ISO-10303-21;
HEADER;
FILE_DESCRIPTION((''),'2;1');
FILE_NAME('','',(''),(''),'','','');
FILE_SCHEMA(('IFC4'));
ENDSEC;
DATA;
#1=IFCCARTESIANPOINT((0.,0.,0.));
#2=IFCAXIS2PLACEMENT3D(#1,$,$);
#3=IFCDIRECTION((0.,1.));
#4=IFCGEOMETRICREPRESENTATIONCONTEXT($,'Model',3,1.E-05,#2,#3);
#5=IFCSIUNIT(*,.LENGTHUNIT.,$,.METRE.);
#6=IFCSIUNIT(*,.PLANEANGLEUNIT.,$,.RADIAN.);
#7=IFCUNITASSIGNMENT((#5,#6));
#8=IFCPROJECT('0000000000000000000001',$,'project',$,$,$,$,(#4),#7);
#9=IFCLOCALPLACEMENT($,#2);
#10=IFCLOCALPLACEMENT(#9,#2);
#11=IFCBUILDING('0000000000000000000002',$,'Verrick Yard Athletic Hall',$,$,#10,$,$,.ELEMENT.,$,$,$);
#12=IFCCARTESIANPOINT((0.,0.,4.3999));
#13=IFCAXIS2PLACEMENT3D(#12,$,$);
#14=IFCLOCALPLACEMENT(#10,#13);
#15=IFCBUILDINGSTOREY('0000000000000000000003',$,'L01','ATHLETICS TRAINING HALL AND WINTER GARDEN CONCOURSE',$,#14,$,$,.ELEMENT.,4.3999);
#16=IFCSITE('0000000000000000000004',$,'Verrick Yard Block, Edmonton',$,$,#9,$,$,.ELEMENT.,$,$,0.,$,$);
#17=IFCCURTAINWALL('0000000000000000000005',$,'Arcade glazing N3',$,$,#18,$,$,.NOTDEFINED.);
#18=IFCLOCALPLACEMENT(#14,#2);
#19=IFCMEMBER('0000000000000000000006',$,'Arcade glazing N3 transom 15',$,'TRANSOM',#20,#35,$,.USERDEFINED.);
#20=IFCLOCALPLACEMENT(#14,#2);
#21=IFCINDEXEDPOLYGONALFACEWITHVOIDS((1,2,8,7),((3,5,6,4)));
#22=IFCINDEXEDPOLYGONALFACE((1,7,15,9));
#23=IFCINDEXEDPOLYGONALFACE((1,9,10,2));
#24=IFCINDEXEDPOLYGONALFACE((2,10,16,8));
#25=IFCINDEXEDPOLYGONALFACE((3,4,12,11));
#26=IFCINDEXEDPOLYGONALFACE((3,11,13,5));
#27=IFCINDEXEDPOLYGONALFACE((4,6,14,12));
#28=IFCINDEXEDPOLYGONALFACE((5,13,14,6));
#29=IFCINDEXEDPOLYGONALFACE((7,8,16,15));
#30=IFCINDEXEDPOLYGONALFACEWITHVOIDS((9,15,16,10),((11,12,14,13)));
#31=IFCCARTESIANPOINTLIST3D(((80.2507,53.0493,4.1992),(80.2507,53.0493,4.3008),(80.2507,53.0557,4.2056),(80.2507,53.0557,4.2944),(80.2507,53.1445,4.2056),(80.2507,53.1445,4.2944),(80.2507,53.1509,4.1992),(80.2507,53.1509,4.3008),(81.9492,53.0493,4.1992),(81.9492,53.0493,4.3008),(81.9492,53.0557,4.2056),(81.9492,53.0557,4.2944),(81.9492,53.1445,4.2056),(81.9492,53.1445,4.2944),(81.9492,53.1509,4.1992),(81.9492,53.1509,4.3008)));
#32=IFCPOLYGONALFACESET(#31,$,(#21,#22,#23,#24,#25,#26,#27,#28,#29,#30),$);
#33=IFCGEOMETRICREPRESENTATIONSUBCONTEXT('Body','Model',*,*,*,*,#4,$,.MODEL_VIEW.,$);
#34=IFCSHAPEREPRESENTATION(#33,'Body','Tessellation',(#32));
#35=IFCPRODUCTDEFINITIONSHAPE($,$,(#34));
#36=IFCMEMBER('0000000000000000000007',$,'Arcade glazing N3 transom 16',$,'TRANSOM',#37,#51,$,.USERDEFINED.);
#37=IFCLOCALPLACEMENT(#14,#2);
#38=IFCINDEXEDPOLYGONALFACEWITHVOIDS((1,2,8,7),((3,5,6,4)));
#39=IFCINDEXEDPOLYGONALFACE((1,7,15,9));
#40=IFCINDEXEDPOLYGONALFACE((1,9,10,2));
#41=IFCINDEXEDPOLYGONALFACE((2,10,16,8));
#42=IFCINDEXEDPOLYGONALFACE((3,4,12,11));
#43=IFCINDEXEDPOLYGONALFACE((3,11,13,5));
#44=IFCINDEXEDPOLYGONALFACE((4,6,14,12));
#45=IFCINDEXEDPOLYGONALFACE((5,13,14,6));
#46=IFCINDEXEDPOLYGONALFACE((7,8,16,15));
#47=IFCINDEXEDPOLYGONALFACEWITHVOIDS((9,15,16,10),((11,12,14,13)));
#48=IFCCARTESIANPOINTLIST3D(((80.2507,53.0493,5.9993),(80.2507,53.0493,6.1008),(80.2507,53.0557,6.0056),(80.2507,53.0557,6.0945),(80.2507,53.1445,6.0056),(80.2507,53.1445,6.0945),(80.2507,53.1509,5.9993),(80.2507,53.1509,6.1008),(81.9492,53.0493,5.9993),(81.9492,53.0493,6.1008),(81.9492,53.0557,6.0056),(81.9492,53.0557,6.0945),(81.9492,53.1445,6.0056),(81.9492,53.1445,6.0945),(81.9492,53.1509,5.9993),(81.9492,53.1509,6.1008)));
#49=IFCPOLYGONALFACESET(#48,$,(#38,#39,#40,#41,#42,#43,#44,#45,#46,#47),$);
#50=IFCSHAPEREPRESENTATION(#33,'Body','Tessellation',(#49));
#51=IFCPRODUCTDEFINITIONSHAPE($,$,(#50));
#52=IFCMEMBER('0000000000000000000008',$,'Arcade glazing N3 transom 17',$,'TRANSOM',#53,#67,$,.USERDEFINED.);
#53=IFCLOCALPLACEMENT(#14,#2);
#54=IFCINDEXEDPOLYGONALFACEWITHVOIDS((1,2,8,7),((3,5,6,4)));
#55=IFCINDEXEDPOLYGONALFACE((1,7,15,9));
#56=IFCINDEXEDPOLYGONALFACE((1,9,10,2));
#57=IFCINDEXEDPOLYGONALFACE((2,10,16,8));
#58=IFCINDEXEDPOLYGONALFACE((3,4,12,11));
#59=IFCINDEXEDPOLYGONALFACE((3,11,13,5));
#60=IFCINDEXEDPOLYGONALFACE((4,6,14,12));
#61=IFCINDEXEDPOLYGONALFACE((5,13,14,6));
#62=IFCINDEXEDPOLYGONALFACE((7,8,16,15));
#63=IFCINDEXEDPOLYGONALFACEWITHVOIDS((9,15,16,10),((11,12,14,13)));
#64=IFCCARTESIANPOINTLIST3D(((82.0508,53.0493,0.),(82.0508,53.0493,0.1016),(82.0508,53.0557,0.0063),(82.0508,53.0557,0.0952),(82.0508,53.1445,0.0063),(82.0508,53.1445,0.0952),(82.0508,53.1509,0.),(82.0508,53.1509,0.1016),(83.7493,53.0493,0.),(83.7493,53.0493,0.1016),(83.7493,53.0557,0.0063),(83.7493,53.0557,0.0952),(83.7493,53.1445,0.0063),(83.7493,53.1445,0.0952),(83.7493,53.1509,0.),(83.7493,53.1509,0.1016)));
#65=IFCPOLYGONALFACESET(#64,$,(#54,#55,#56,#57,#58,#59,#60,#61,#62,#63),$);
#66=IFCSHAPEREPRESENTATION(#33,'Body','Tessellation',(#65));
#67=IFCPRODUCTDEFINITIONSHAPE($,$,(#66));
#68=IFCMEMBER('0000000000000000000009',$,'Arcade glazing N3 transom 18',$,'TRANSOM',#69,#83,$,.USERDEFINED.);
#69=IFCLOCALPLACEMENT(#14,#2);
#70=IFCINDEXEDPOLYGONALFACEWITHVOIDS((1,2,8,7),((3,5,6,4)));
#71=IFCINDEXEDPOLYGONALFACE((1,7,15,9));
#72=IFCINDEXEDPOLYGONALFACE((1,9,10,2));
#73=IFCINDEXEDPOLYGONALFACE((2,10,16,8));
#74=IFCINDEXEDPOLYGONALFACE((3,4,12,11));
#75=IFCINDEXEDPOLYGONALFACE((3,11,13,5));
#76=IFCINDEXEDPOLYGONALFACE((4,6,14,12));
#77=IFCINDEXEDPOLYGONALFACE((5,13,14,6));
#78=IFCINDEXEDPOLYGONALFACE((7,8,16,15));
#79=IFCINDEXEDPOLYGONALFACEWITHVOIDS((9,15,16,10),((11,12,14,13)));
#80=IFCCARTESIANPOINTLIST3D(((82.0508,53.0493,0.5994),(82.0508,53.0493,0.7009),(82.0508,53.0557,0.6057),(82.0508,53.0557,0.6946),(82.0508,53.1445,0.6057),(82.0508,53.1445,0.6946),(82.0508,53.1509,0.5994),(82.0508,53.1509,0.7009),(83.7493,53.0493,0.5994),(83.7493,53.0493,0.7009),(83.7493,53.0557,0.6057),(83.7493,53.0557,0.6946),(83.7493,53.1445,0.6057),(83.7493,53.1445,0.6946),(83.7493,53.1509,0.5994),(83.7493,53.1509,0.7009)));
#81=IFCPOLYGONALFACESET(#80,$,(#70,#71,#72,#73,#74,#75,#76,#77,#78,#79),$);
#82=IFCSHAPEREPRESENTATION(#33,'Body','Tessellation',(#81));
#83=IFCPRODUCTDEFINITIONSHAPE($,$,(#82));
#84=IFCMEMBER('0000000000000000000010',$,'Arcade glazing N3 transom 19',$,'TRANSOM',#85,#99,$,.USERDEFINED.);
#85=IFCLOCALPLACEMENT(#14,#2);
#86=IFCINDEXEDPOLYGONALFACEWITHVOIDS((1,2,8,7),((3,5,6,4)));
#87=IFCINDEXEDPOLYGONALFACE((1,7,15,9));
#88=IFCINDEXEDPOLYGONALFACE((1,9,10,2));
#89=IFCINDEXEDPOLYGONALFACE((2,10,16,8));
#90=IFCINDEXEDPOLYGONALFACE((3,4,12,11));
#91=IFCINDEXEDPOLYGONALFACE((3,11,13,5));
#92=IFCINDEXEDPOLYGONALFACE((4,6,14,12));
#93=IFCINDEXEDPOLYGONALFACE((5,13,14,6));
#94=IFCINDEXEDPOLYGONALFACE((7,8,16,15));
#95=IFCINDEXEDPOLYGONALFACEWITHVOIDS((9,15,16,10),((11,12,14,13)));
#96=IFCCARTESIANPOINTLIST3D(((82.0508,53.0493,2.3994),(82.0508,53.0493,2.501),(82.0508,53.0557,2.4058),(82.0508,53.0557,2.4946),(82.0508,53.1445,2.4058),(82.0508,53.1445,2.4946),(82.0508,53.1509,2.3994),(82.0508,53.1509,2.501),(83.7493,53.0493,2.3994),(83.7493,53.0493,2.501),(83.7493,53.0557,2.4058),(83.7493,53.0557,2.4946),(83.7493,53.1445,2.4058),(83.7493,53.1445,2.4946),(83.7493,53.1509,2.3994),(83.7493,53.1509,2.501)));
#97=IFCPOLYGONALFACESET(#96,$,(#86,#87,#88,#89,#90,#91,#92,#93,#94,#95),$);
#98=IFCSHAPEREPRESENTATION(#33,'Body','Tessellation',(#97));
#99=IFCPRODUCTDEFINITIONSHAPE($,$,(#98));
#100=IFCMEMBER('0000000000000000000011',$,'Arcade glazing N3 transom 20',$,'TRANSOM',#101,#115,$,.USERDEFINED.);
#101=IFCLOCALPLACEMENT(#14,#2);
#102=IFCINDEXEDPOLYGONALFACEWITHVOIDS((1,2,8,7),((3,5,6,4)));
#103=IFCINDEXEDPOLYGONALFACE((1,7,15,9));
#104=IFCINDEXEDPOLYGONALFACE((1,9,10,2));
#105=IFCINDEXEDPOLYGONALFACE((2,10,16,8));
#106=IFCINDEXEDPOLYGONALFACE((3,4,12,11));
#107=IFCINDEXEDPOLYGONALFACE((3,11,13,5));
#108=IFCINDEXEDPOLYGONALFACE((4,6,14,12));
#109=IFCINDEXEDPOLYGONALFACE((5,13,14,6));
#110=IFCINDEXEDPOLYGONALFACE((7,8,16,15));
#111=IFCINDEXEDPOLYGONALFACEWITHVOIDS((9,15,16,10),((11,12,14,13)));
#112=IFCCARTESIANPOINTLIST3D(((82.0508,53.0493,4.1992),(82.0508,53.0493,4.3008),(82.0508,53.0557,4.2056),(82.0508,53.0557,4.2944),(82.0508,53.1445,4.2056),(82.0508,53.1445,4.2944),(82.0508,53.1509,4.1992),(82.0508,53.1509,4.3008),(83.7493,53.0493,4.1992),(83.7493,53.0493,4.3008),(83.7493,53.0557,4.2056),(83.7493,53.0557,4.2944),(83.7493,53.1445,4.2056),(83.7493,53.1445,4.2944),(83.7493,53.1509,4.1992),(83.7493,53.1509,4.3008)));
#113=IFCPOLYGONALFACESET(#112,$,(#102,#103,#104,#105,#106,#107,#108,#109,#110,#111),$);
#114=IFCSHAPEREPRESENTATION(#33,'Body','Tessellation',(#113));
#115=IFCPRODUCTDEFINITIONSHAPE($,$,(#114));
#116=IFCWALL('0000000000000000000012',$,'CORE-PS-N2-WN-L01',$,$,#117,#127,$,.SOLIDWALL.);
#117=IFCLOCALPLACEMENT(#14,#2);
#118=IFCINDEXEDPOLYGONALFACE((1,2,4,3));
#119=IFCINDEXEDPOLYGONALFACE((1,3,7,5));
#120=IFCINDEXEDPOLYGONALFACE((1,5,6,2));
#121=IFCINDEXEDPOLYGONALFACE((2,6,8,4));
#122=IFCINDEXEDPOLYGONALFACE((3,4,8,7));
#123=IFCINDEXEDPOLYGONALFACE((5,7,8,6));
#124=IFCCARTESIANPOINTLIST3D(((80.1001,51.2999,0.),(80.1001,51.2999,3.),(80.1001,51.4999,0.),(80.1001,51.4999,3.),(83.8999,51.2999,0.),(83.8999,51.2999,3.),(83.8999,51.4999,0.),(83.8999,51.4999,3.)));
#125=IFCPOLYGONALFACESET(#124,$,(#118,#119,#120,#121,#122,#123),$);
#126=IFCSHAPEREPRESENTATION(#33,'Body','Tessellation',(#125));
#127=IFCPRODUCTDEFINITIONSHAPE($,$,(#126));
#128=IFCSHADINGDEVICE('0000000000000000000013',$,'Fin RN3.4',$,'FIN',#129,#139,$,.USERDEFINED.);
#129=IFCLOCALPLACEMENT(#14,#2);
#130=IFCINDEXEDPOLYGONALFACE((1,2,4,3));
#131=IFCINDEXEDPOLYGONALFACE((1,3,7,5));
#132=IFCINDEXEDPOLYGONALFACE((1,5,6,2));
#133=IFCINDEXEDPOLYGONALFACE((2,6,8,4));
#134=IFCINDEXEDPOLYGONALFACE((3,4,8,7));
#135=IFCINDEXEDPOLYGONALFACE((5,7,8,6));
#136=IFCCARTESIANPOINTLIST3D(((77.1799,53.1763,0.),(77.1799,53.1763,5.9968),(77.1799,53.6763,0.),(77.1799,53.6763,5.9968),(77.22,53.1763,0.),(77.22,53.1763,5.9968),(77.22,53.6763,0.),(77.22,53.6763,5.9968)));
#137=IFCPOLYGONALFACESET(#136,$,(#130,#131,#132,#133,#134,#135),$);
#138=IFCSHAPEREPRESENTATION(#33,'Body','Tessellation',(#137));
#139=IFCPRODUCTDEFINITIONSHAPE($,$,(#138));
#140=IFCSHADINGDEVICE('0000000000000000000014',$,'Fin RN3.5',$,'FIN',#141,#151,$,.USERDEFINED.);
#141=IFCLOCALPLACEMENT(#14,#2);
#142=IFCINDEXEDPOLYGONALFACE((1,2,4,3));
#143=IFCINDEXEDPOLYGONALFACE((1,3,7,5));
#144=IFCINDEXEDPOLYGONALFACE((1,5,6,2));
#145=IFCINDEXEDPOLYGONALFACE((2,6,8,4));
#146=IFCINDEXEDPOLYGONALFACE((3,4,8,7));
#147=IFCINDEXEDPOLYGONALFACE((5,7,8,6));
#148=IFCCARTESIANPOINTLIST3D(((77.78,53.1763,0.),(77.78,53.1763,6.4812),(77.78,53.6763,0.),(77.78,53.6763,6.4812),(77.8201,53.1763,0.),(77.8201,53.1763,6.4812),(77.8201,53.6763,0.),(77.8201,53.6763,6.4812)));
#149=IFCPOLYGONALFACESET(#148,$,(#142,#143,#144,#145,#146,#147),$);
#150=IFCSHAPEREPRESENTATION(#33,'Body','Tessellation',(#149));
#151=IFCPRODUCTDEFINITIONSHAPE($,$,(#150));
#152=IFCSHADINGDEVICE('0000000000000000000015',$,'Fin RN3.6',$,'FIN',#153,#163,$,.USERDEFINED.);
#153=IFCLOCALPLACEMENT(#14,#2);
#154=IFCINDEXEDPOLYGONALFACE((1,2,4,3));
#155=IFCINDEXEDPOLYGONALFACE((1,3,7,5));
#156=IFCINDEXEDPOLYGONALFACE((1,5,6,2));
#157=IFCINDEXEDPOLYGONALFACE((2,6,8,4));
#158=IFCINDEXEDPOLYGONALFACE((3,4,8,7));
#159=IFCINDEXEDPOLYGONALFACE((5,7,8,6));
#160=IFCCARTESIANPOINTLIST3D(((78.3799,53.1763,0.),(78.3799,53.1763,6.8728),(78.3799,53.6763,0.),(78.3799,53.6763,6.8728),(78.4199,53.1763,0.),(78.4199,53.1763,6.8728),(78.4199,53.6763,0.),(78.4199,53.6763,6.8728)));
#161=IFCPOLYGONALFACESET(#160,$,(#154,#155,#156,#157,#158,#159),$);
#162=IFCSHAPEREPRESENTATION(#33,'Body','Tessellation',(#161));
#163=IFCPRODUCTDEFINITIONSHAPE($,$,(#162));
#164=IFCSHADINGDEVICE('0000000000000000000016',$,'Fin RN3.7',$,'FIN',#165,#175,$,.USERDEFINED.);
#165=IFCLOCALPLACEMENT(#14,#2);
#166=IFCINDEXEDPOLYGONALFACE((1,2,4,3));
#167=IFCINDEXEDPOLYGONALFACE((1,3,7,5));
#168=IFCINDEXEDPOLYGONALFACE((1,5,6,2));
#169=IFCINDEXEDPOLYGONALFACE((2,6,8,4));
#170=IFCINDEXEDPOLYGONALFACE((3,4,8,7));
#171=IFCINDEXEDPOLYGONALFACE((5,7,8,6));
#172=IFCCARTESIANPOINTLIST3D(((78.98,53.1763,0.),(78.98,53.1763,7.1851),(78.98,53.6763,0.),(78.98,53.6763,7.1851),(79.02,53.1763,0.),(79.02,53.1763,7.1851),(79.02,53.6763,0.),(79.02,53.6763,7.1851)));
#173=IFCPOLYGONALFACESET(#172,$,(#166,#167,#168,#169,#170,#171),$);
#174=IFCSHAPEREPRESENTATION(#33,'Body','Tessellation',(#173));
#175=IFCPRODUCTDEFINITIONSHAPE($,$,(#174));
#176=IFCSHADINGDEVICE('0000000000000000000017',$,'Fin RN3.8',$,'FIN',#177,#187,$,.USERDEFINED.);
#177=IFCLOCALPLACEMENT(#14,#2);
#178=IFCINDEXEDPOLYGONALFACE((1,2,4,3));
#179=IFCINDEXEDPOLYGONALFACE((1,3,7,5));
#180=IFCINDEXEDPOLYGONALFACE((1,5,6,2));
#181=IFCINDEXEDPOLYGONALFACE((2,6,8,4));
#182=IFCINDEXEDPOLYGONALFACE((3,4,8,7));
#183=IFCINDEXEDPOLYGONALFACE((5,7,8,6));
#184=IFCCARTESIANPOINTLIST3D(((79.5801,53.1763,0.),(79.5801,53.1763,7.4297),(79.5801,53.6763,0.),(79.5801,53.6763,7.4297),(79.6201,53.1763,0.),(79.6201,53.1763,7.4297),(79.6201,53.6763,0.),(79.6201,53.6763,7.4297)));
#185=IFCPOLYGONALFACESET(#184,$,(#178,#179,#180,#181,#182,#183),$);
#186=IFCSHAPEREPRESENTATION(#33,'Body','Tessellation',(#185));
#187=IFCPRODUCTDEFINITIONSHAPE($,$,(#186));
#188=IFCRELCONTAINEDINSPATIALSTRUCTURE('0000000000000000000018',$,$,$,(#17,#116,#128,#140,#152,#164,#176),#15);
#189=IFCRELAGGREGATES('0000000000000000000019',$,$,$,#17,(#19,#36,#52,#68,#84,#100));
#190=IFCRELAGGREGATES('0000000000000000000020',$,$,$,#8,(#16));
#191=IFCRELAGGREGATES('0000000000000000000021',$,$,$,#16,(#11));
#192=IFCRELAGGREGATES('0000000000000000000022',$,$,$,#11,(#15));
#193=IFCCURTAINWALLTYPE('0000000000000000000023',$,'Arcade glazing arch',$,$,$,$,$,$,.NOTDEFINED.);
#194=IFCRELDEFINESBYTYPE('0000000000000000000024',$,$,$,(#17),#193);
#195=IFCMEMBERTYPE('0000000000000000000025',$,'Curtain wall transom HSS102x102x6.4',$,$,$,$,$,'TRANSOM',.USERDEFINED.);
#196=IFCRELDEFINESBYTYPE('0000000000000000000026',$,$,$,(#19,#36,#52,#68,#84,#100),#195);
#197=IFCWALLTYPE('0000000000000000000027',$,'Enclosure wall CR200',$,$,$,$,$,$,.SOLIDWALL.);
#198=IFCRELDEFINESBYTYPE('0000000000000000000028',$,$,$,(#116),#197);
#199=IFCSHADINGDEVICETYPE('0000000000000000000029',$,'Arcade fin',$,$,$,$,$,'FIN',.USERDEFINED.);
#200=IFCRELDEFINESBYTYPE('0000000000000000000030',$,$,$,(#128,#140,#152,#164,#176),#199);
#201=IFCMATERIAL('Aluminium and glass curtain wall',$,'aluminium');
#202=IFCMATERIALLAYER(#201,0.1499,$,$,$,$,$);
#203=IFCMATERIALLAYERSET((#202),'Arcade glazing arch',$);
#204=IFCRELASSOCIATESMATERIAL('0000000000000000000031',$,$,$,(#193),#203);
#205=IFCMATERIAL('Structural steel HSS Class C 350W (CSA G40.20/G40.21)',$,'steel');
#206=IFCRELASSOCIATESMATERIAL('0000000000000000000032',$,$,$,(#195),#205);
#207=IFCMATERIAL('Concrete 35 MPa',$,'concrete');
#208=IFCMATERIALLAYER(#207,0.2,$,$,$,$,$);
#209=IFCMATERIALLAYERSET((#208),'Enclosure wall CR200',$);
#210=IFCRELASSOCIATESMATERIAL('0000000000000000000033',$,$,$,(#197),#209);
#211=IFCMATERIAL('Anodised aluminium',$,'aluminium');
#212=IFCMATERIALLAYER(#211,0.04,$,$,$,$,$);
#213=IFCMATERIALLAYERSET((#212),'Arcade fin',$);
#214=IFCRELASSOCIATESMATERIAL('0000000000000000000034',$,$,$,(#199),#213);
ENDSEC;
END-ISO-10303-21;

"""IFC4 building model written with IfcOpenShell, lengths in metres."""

from ifc_helpers import new_model, si_unit, direction, frame, frame_2d, origin, origin_2d, place, context, subcontext, project, spatial, polyline, rectangle, hollow_rectangle, outline, extrude, material, layer, layer_set, material_profile, profile_set, type_object, element, aggregate, save


model = new_model("IFC4")

# Units and contexts
model_context = context("Model", 3, precision=1e-05, world=origin(), true_north=direction((0.0, 1.0)))
body_context = subcontext(model_context, "Body", "Model", "MODEL_VIEW")
ifc_project = project(units=[si_unit("LENGTHUNIT", "METRE"), si_unit("PLANEANGLEUNIT", "RADIAN")], contexts=[model_context])

# Site, building, storey
site_placement = place(None, origin())
site = spatial("IfcSite", under=ifc_project, at=site_placement, Name="Verrick Yard Block, Edmonton", CompositionType="ELEMENT", RefElevation=0.0)
building_placement = place(site_placement, origin())
building = spatial("IfcBuilding", under=site, at=building_placement, Name="Verrick Yard Athletic Hall", CompositionType="ELEMENT")
storey_placement = place(building_placement, frame((0.0, 0.0, 4.3999)))
storey = spatial("IfcBuildingStorey", under=building, at=storey_placement, Name="L01", Description="ATHLETICS TRAINING HALL AND WINTER GARDEN CONCOURSE", CompositionType="ELEMENT", Elevation=4.3999)

# Curtain wall, members
ifc_material_1 = material(Name="Aluminium and glass curtain wall", Category="aluminium")
ifc_layer_1 = layer(ifc_material_1, 0.1499)
ifc_layer_set_1 = layer_set([ifc_layer_1], Name="Arcade glazing arch")
curtain_wall_type = type_object("IfcCurtainWallType", Name="Arcade glazing arch", PredefinedType="NOTDEFINED", material=ifc_layer_set_1)
curtain_wall_placement = place(storey_placement, origin())
curtain_wall = element("IfcCurtainWall", 1, at=curtain_wall_placement, inside=storey, type_object=curtain_wall_type, Name="Arcade glazing N3", PredefinedType="NOTDEFINED")
ifc_material_2 = material(Name="Structural steel HSS Class C 350W (CSA G40.20/G40.21)", Category="steel")
ifc_material_profile_1 = material_profile(ifc_material_2, hollow_rectangle(XDim=0.1016, YDim=0.1016, WallThickness=0.0063, at=origin_2d()), Name="HSS102x102x6.4")
ifc_profile_set_1 = profile_set([ifc_material_profile_1], Name="Structural steel HSS Class C 350W (CSA G40.20/G40.21)")
member_type_1 = type_object("IfcMemberType", Name="Curtain wall transom HSS102x102x6.4", ElementType="TRANSOM", PredefinedType="USERDEFINED", material=ifc_profile_set_1)
member_1_placement = place(storey_placement, frame((80.2507, 53.1001, 4.25), z_axis=(1.0, 0.0, 0.0), x_axis=(0.0, 1.0, 0.0)))
member_1 = element("IfcMember", 2, at=member_1_placement, type_object=member_type_1, Name="Arcade glazing N3 transom 15", ObjectType="TRANSOM", PredefinedType="USERDEFINED", context=body_context, shape_type="SweptSolid", body=[
    extrude(hollow_rectangle(XDim=0.1016, YDim=0.1016, WallThickness=0.0063, at=origin_2d()), origin(), (0.0, 0.0, 1.0), 1.6985),
])
member_2_placement = place(storey_placement, frame((80.2507, 53.1001, 6.05), z_axis=(1.0, 0.0, 0.0), x_axis=(0.0, 1.0, 0.0)))
member_2 = element("IfcMember", 3, at=member_2_placement, type_object=member_type_1, Name="Arcade glazing N3 transom 16", ObjectType="TRANSOM", PredefinedType="USERDEFINED", context=body_context, shape_type="SweptSolid", body=[
    extrude(hollow_rectangle(XDim=0.1016, YDim=0.1016, WallThickness=0.0063, at=origin_2d()), origin(), (0.0, 0.0, 1.0), 1.6985),
])
member_3_placement = place(storey_placement, frame((82.0508, 53.1001, 0.0508), z_axis=(1.0, 0.0, 0.0), x_axis=(0.0, 1.0, 0.0)))
member_3 = element("IfcMember", 4, at=member_3_placement, type_object=member_type_1, Name="Arcade glazing N3 transom 17", ObjectType="TRANSOM", PredefinedType="USERDEFINED", context=body_context, shape_type="SweptSolid", body=[
    extrude(hollow_rectangle(XDim=0.1016, YDim=0.1016, WallThickness=0.0063, at=origin_2d()), origin(), (0.0, 0.0, 1.0), 1.6985),
])
member_4_placement = place(storey_placement, frame((82.0508, 53.1001, 0.6501), z_axis=(1.0, 0.0, 0.0), x_axis=(0.0, 1.0, 0.0)))
member_4 = element("IfcMember", 5, at=member_4_placement, type_object=member_type_1, Name="Arcade glazing N3 transom 18", ObjectType="TRANSOM", PredefinedType="USERDEFINED", context=body_context, shape_type="SweptSolid", body=[
    extrude(hollow_rectangle(XDim=0.1016, YDim=0.1016, WallThickness=0.0063, at=origin_2d()), origin(), (0.0, 0.0, 1.0), 1.6985),
])
member_5_placement = place(storey_placement, frame((82.0508, 53.1001, 2.4502), z_axis=(1.0, 0.0, 0.0), x_axis=(0.0, 1.0, 0.0)))
member_5 = element("IfcMember", 6, at=member_5_placement, type_object=member_type_1, Name="Arcade glazing N3 transom 19", ObjectType="TRANSOM", PredefinedType="USERDEFINED", context=body_context, shape_type="SweptSolid", body=[
    extrude(hollow_rectangle(XDim=0.1016, YDim=0.1016, WallThickness=0.0063, at=origin_2d()), origin(), (0.0, 0.0, 1.0), 1.6985),
])
member_6_placement = place(storey_placement, frame((82.0508, 53.1001, 4.25), z_axis=(1.0, 0.0, 0.0), x_axis=(0.0, 1.0, 0.0)))
member_6 = element("IfcMember", 7, at=member_6_placement, type_object=member_type_1, Name="Arcade glazing N3 transom 20", ObjectType="TRANSOM", PredefinedType="USERDEFINED", context=body_context, shape_type="SweptSolid", body=[
    extrude(hollow_rectangle(XDim=0.1016, YDim=0.1016, WallThickness=0.0063, at=origin_2d()), origin(), (0.0, 0.0, 1.0), 1.6985),
])
aggregate(curtain_wall, [member_1, member_2, member_3, member_4, member_5, member_6])

# Wall
ifc_material_3 = material(Name="Concrete 35 MPa", Category="concrete")
ifc_layer_2 = layer(ifc_material_3, 0.2)
ifc_layer_set_2 = layer_set([ifc_layer_2], Name="Enclosure wall CR200")
wall_type = type_object("IfcWallType", Name="Enclosure wall CR200", PredefinedType="SOLIDWALL", material=ifc_layer_set_2)
wall_placement = place(storey_placement, frame((80.1001, 51.3999, 0.0), z_axis=(0.0, 0.0, 1.0), x_axis=(1.0, 0.0, 0.0)))
element("IfcWall", 8, at=wall_placement, inside=storey, type_object=wall_type, Name="CORE-PS-N2-WN-L01", PredefinedType="SOLIDWALL", context=body_context, shape_type="SweptSolid", body=[
    extrude(rectangle(XDim=3.7998, YDim=0.2, at=frame_2d((1.8999, 0.0))), origin(), (0.0, 0.0, 1.0), 3.0),
])

# Shading devices
ifc_material_4 = material(Name="Anodised aluminium", Category="aluminium")
ifc_layer_3 = layer(ifc_material_4, 0.04)
ifc_layer_set_3 = layer_set([ifc_layer_3], Name="Arcade fin")
shading_device_type = type_object("IfcShadingDeviceType", Name="Arcade fin", ElementType="FIN", PredefinedType="USERDEFINED", material=ifc_layer_set_3)
shading_device_1_placement = place(storey_placement, frame((77.2, 53.1763, 0.0), z_axis=(0.0, 0.0, 1.0), x_axis=(0.0, 1.0, 0.0)))
element("IfcShadingDevice", 9, at=shading_device_1_placement, inside=storey, type_object=shading_device_type, Name="Fin RN3.4", ObjectType="FIN", PredefinedType="USERDEFINED", context=body_context, shape_type="SweptSolid", body=[
    extrude(outline(polyline([(0.0, 0.0), (0.5, 0.0), (0.5, 5.9968), (0.0, 5.9968), (0.0, 0.0)])), frame((0.0, 0.02, 0.0), z_axis=(0.0, -1.0, 0.0), x_axis=(1.0, 0.0, 0.0)), (0.0, 0.0, 1.0), 0.04),
])
shading_device_2_placement = place(storey_placement, frame((77.8, 53.1763, 0.0), z_axis=(0.0, 0.0, 1.0), x_axis=(0.0, 1.0, 0.0)))
element("IfcShadingDevice", 10, at=shading_device_2_placement, inside=storey, type_object=shading_device_type, Name="Fin RN3.5", ObjectType="FIN", PredefinedType="USERDEFINED", context=body_context, shape_type="SweptSolid", body=[
    extrude(outline(polyline([(0.0, 0.0), (0.5, 0.0), (0.5, 6.4812), (0.0, 6.4812), (0.0, 0.0)])), frame((0.0, 0.02, 0.0), z_axis=(0.0, -1.0, 0.0), x_axis=(1.0, 0.0, 0.0)), (0.0, 0.0, 1.0), 0.04),
])
shading_device_3_placement = place(storey_placement, frame((78.3999, 53.1763, 0.0), z_axis=(0.0, 0.0, 1.0), x_axis=(0.0, 1.0, 0.0)))
element("IfcShadingDevice", 11, at=shading_device_3_placement, inside=storey, type_object=shading_device_type, Name="Fin RN3.6", ObjectType="FIN", PredefinedType="USERDEFINED", context=body_context, shape_type="SweptSolid", body=[
    extrude(outline(polyline([(0.0, 0.0), (0.5, 0.0), (0.5, 6.8728), (0.0, 6.8728), (0.0, 0.0)])), frame((0.0, 0.02, 0.0), z_axis=(0.0, -1.0, 0.0), x_axis=(1.0, 0.0, 0.0)), (0.0, 0.0, 1.0), 0.04),
])
shading_device_4_placement = place(storey_placement, frame((79.0, 53.1763, 0.0), z_axis=(0.0, 0.0, 1.0), x_axis=(0.0, 1.0, 0.0)))
element("IfcShadingDevice", 12, at=shading_device_4_placement, inside=storey, type_object=shading_device_type, Name="Fin RN3.7", ObjectType="FIN", PredefinedType="USERDEFINED", context=body_context, shape_type="SweptSolid", body=[
    extrude(outline(polyline([(0.0, 0.0), (0.5, 0.0), (0.5, 7.1851), (0.0, 7.1851), (0.0, 0.0)])), frame((0.0, 0.02, 0.0), z_axis=(0.0, -1.0, 0.0), x_axis=(1.0, 0.0, 0.0)), (0.0, 0.0, 1.0), 0.04),
])
shading_device_5_placement = place(storey_placement, frame((79.6001, 53.1763, 0.0), z_axis=(0.0, 0.0, 1.0), x_axis=(0.0, 1.0, 0.0)))
element("IfcShadingDevice", 13, at=shading_device_5_placement, inside=storey, type_object=shading_device_type, Name="Fin RN3.8", ObjectType="FIN", PredefinedType="USERDEFINED", context=body_context, shape_type="SweptSolid", body=[
    extrude(outline(polyline([(0.0, 0.0), (0.5, 0.0), (0.5, 7.4297), (0.0, 7.4297), (0.0, 0.0)])), frame((0.0, 0.02, 0.0), z_axis=(0.0, -1.0, 0.0), x_axis=(1.0, 0.0, 0.0)), (0.0, 0.0, 1.0), 0.04),
])

save(model, "model.ifc")
